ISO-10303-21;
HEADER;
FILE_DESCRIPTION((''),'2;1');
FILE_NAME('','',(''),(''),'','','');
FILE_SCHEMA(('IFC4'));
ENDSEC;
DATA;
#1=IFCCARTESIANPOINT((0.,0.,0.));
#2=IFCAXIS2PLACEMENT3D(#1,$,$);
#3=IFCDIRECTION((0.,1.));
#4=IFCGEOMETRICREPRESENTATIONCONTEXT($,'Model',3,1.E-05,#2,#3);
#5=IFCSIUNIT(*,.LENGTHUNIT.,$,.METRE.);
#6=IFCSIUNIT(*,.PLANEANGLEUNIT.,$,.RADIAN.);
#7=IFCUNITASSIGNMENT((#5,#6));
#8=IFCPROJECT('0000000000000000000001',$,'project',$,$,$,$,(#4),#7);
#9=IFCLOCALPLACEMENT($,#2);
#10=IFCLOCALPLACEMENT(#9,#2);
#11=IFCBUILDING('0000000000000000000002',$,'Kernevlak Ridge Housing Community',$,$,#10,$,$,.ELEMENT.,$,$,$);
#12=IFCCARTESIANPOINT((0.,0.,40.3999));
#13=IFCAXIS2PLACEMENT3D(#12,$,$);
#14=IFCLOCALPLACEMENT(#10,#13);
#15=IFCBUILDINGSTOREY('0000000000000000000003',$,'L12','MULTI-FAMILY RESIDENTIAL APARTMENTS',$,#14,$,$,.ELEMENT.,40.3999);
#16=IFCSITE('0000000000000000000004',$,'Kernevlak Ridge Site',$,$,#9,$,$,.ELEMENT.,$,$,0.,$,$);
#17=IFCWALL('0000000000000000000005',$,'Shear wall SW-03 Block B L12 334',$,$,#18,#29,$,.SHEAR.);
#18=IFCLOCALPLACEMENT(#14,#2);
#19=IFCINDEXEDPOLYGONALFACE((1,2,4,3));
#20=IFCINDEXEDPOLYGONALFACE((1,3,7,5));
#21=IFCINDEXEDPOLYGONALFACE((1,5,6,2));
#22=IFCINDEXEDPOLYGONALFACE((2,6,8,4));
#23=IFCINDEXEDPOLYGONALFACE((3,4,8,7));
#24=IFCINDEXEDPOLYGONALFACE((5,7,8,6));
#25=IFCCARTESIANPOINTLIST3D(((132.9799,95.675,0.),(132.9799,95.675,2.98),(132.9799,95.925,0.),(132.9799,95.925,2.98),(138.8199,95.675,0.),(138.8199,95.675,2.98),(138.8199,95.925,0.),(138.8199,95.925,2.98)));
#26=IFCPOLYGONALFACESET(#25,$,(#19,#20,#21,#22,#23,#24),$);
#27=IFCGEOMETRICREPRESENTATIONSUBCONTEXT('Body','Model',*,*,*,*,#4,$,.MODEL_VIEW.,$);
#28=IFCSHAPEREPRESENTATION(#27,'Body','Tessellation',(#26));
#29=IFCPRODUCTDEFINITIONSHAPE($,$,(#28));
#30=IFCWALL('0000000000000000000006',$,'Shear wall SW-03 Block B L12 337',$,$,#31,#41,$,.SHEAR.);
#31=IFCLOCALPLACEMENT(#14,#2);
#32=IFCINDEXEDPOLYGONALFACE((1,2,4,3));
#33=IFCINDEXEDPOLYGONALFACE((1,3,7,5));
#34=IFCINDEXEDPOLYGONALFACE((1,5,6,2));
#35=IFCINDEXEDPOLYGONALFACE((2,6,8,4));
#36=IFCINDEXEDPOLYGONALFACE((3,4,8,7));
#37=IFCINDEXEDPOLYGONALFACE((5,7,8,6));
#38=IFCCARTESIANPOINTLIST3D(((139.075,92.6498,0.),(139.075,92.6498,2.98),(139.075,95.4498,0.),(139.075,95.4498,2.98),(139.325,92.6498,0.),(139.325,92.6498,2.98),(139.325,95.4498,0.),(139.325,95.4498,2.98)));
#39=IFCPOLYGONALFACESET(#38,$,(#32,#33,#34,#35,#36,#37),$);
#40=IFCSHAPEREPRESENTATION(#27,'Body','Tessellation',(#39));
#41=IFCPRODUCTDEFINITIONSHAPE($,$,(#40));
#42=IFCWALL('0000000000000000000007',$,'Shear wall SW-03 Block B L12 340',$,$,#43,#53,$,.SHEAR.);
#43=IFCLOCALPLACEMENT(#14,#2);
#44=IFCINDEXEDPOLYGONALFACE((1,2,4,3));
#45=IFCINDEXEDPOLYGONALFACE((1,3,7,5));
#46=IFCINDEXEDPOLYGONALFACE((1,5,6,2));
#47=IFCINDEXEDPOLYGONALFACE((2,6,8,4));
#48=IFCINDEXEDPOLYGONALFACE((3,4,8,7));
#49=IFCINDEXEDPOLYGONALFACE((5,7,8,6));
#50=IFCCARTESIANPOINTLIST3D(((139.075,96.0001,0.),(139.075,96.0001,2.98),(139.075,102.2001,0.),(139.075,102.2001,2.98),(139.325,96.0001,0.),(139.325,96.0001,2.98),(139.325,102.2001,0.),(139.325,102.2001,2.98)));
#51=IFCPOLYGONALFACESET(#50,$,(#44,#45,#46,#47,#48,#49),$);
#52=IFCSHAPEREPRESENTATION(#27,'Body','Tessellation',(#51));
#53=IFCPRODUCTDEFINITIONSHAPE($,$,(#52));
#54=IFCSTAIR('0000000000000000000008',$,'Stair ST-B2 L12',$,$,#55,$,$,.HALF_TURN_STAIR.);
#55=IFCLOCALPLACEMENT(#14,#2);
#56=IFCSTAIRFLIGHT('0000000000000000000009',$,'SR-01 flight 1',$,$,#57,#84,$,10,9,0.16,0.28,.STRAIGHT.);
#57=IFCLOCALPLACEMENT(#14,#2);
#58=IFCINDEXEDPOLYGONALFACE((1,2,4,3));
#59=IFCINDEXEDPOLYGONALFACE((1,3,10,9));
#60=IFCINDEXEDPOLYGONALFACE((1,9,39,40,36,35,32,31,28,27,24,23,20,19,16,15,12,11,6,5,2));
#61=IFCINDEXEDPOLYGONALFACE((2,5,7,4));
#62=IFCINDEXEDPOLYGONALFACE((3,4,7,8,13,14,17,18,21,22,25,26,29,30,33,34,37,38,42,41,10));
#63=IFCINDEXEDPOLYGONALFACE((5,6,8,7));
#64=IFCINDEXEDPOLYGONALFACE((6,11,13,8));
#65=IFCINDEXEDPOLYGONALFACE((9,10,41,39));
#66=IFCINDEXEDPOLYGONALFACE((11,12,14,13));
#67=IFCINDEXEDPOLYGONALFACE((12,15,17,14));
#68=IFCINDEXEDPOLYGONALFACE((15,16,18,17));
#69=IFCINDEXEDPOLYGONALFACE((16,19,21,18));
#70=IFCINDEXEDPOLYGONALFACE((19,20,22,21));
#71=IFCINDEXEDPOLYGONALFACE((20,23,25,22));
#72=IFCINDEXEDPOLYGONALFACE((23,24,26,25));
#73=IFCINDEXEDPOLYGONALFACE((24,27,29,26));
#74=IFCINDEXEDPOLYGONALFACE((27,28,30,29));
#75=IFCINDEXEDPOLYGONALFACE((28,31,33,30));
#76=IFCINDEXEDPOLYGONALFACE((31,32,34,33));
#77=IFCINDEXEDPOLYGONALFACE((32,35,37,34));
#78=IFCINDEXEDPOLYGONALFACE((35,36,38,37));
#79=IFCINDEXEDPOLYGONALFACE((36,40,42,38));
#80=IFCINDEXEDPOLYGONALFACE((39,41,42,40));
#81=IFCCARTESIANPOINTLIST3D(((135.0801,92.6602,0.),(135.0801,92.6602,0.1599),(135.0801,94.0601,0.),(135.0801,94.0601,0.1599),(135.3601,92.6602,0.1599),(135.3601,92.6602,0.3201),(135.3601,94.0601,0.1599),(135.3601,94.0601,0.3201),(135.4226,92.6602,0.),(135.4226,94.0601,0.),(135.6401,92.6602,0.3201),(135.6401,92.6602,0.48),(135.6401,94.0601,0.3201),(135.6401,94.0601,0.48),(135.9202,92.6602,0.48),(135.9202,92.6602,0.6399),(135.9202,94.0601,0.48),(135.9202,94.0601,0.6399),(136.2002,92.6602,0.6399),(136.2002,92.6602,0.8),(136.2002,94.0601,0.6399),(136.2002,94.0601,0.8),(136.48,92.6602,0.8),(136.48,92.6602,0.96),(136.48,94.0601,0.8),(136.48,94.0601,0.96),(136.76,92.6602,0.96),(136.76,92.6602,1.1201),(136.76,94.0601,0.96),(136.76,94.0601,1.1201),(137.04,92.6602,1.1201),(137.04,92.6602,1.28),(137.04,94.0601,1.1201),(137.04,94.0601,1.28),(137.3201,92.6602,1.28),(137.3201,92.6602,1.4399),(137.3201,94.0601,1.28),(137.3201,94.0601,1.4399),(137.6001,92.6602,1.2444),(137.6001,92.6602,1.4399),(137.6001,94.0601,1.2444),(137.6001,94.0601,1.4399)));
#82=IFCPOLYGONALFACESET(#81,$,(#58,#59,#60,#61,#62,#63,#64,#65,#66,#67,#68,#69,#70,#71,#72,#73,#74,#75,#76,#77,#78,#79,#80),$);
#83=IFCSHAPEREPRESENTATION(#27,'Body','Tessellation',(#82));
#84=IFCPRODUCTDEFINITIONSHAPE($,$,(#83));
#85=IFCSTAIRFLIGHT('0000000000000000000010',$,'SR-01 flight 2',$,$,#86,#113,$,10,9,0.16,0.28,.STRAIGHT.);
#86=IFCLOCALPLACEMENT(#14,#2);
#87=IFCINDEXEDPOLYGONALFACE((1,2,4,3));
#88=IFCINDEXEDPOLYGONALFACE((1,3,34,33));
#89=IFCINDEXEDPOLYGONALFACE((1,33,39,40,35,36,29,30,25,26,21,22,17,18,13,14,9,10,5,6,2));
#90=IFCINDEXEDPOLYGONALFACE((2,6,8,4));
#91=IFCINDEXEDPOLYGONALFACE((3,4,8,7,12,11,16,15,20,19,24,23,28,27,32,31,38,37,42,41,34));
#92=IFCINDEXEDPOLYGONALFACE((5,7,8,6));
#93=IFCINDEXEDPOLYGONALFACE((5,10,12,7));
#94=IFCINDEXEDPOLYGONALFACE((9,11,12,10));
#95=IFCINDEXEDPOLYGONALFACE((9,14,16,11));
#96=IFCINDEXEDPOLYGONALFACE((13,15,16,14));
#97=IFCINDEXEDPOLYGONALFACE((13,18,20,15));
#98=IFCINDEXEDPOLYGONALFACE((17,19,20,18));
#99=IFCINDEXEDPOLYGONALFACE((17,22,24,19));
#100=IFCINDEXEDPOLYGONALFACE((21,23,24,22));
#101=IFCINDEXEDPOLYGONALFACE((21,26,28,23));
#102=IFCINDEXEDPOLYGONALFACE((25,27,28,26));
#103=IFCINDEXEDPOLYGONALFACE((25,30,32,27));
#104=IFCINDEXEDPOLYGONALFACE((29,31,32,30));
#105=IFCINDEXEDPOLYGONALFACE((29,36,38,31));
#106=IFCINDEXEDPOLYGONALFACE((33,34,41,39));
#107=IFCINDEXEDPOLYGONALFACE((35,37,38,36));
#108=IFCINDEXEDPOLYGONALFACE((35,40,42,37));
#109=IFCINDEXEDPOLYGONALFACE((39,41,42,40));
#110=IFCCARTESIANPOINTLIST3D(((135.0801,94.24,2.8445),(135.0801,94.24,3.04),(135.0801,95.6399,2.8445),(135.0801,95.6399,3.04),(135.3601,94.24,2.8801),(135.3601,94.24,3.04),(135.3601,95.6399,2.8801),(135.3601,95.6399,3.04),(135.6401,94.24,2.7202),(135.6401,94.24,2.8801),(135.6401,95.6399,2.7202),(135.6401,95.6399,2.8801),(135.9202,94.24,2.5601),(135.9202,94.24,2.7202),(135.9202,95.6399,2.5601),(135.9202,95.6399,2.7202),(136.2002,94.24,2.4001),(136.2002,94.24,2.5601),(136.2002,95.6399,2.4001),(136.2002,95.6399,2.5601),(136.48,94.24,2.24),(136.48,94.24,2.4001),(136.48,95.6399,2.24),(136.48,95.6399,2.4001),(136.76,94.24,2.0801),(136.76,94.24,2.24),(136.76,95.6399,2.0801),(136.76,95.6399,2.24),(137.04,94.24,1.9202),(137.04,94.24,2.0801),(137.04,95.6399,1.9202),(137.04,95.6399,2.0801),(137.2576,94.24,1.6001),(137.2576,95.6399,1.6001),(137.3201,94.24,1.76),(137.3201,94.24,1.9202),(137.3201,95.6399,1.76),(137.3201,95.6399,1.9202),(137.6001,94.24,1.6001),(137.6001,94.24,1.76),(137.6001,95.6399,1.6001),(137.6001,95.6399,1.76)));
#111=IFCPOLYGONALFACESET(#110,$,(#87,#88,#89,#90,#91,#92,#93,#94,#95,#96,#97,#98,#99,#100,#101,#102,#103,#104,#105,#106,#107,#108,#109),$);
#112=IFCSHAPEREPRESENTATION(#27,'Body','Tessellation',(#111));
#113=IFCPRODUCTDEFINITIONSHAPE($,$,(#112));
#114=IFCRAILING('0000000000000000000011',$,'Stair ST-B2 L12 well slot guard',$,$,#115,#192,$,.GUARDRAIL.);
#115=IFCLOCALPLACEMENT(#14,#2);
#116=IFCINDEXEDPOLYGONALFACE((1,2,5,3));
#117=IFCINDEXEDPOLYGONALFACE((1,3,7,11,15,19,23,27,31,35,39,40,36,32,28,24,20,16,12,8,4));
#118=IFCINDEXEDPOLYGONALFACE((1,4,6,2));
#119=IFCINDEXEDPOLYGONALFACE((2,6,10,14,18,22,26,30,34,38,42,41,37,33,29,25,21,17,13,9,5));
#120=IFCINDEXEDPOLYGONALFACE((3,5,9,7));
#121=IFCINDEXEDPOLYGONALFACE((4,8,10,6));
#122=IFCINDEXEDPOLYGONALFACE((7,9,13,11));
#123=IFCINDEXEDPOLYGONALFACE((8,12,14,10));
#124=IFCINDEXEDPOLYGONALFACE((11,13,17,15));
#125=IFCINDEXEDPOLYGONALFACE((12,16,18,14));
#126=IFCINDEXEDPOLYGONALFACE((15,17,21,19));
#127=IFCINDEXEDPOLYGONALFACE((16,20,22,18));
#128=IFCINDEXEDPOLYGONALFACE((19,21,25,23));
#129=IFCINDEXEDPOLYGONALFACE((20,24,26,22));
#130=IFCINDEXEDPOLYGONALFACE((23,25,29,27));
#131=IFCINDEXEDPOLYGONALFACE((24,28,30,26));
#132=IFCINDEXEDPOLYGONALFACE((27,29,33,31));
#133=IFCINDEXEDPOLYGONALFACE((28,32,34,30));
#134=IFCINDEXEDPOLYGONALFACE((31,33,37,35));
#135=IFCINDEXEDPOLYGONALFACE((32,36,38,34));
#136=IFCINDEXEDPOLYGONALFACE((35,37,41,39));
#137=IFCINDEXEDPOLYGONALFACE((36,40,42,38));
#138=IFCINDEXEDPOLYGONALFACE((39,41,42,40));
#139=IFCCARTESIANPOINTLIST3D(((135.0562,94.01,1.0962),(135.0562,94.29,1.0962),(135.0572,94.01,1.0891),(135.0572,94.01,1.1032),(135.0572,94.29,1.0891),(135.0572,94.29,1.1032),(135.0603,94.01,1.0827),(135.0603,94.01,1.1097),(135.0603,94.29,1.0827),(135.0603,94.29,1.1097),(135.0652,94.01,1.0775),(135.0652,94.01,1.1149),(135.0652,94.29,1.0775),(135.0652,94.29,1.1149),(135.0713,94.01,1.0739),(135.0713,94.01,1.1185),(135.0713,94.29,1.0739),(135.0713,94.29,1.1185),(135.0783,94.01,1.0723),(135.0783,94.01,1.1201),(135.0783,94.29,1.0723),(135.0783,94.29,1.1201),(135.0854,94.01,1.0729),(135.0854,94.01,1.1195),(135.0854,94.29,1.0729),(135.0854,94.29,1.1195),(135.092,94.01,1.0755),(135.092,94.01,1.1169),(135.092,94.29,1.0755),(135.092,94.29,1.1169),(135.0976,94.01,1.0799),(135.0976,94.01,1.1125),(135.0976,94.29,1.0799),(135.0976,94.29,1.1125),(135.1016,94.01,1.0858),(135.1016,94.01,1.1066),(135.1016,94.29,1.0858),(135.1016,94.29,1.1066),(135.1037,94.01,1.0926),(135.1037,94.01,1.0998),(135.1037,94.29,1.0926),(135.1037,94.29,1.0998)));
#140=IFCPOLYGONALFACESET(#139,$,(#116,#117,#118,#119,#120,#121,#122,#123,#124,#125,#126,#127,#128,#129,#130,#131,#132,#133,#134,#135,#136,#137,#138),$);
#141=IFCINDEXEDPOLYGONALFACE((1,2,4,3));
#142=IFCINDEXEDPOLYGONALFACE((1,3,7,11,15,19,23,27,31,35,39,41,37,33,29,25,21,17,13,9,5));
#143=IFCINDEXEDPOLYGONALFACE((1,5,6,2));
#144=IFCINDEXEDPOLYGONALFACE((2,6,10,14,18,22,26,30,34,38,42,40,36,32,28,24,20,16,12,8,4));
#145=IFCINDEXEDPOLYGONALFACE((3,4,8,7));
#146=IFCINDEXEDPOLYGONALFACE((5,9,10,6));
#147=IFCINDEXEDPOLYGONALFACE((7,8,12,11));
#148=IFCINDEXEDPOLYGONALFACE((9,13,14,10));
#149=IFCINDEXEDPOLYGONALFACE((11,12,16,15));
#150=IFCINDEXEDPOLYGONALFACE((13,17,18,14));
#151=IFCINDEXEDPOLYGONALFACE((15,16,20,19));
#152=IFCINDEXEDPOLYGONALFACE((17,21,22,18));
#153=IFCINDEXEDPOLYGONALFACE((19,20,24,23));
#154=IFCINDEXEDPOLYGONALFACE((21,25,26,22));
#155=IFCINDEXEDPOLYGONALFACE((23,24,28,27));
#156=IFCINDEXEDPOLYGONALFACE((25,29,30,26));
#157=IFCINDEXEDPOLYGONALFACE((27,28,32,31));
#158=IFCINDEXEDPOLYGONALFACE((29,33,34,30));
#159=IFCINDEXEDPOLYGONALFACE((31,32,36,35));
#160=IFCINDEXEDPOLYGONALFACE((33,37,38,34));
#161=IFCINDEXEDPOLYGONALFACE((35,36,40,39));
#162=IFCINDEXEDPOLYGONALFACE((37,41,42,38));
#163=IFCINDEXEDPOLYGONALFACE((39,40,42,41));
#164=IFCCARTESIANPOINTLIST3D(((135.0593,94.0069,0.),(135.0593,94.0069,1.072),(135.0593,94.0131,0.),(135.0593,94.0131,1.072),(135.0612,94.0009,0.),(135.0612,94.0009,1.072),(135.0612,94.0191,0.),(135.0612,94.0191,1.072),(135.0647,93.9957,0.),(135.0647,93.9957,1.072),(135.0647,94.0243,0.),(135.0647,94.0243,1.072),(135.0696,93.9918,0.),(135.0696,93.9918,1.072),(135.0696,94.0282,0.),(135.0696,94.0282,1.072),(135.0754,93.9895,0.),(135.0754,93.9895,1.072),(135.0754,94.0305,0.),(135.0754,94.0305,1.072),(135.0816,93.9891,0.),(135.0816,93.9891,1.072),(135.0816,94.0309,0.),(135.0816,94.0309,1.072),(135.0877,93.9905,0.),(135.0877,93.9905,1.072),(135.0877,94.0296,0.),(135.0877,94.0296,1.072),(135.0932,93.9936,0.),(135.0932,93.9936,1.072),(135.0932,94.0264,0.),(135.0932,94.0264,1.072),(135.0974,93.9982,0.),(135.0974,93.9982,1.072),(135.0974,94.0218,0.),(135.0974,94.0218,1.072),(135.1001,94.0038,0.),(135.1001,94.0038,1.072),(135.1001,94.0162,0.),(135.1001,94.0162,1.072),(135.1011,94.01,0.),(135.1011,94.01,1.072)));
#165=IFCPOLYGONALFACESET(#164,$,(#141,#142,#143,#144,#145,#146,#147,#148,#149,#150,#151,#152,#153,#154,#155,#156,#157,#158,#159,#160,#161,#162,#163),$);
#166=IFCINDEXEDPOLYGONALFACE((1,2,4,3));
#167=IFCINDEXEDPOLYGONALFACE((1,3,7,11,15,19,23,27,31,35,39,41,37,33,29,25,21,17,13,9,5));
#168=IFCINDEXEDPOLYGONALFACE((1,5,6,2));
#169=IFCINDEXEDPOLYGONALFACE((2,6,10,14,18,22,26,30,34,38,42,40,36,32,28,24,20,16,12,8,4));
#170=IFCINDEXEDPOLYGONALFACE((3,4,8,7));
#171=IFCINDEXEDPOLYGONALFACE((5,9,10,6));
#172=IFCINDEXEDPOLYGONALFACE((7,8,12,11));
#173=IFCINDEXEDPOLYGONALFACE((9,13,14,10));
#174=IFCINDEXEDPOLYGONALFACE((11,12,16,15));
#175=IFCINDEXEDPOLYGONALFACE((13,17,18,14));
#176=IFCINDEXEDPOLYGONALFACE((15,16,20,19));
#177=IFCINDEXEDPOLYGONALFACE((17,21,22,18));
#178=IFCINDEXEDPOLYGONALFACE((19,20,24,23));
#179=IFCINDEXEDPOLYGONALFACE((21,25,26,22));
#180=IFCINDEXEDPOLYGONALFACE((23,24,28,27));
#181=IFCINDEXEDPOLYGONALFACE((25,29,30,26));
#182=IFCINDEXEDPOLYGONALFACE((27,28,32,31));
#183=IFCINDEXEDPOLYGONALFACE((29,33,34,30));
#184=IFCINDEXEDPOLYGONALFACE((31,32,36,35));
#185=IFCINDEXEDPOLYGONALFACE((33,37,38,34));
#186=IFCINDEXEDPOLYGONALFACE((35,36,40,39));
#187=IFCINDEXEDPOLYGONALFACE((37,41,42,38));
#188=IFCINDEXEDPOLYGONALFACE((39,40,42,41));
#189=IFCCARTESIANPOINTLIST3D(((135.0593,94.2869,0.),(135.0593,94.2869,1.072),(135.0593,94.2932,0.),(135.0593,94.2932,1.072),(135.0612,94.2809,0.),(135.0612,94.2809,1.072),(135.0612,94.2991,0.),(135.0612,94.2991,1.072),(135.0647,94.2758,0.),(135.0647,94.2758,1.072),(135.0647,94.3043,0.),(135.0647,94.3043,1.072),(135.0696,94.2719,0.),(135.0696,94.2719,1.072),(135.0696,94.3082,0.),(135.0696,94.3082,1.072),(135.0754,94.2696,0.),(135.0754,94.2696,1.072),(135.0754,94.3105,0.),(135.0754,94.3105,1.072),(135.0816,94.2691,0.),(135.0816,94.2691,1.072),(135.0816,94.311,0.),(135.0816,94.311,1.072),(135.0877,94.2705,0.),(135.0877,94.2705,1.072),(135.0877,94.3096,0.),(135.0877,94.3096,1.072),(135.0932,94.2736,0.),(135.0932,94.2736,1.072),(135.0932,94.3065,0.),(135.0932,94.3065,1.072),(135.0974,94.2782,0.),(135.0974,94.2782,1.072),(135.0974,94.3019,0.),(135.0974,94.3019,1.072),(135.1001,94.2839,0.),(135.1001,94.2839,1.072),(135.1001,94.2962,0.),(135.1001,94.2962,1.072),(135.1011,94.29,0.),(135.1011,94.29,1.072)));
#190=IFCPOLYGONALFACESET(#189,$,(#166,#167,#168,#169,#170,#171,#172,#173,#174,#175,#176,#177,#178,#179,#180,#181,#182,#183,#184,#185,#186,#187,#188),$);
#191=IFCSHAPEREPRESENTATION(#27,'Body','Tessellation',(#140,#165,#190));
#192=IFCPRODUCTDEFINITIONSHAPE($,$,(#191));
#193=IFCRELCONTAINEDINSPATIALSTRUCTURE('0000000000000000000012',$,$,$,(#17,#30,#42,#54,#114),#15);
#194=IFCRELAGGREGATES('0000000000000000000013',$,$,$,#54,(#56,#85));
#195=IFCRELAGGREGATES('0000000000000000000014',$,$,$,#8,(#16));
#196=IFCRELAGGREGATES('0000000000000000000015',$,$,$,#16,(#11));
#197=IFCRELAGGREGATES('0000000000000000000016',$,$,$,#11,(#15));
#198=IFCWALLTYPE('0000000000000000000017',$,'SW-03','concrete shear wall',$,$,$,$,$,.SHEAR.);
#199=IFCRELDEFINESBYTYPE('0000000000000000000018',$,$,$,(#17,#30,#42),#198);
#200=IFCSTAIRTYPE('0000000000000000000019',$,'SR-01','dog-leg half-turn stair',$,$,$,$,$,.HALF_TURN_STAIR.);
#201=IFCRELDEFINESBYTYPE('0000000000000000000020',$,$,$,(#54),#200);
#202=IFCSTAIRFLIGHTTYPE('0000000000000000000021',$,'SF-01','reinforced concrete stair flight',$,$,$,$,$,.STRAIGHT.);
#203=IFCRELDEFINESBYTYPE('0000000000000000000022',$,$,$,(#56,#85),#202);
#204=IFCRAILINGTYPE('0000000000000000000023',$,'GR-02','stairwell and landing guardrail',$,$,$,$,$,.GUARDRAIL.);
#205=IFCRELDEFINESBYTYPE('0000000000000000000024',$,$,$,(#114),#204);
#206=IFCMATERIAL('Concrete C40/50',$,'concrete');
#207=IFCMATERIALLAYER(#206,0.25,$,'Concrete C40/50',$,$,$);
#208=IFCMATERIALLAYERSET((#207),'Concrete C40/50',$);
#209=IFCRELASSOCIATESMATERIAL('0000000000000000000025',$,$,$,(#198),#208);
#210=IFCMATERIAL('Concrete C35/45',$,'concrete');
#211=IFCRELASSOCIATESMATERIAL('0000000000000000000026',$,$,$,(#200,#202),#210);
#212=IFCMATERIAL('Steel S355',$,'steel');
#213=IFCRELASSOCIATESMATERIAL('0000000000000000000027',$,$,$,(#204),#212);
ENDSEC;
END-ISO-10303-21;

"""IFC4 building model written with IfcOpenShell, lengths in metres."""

from ifc_helpers import new_model, si_unit, direction, frame, frame_2d, origin, origin_2d, place, context, subcontext, project, spatial, polyline, rectangle, circle, outline, extrude, material, layer, layer_set, type_object, element, aggregate, save


model = new_model("IFC4")

# Units and contexts
model_context = context("Model", 3, precision=1e-05, world=origin(), true_north=direction((0.0, 1.0)))
body_context = subcontext(model_context, "Body", "Model", "MODEL_VIEW")
ifc_project = project(units=[si_unit("LENGTHUNIT", "METRE"), si_unit("PLANEANGLEUNIT", "RADIAN")], contexts=[model_context])

# Site, building, storey
site_placement = place(None, origin())
site = spatial("IfcSite", under=ifc_project, at=site_placement, Name="Kernevlak Ridge Site", CompositionType="ELEMENT", RefElevation=0.0)
building_placement = place(site_placement, origin())
building = spatial("IfcBuilding", under=site, at=building_placement, Name="Kernevlak Ridge Housing Community", CompositionType="ELEMENT")
storey_placement = place(building_placement, frame((0.0, 0.0, 40.3999)))
storey = spatial("IfcBuildingStorey", under=building, at=storey_placement, Name="L12", Description="MULTI-FAMILY RESIDENTIAL APARTMENTS", CompositionType="ELEMENT", Elevation=40.3999)

# Shared definitions
ifc_material_1 = material(Name="Concrete C35/45", Category="concrete")

# Walls
ifc_material_2 = material(Name="Concrete C40/50", Category="concrete")
ifc_layer_1 = layer(ifc_material_2, 0.25, Name="Concrete C40/50")
ifc_layer_set_1 = layer_set([ifc_layer_1], Name="Concrete C40/50")
wall_type_1 = type_object("IfcWallType", Name="SW-03", Description="concrete shear wall", PredefinedType="SHEAR", material=ifc_layer_set_1)
wall_1_placement = place(storey_placement, frame((132.98, 95.8, 0.0), z_axis=(0.0, 0.0, 1.0), x_axis=(1.0, 0.0, 0.0)))
element("IfcWall", 1, at=wall_1_placement, inside=storey, type_object=wall_type_1, Name="Shear wall SW-03 Block B L12 334", PredefinedType="SHEAR", context=body_context, shape_type="SweptSolid", body=[
    extrude(rectangle(XDim=5.8401, YDim=0.25, at=frame_2d((2.9199, 0.0))), origin(), (0.0, 0.0, 1.0), 2.98),
])
wall_2_placement = place(storey_placement, frame((139.2, 92.6499, 0.0), z_axis=(0.0, 0.0, 1.0), x_axis=(0.0, 1.0, 0.0)))
element("IfcWall", 2, at=wall_2_placement, inside=storey, type_object=wall_type_1, Name="Shear wall SW-03 Block B L12 337", PredefinedType="SHEAR", context=body_context, shape_type="SweptSolid", body=[
    extrude(rectangle(XDim=2.8, YDim=0.25, at=frame_2d((1.3999, 0.0))), origin(), (0.0, 0.0, 1.0), 2.98),
])
wall_3_placement = place(storey_placement, frame((139.2, 96.0, 0.0), z_axis=(0.0, 0.0, 1.0), x_axis=(0.0, 1.0, 0.0)))
element("IfcWall", 3, at=wall_3_placement, inside=storey, type_object=wall_type_1, Name="Shear wall SW-03 Block B L12 340", PredefinedType="SHEAR", context=body_context, shape_type="SweptSolid", body=[
    extrude(rectangle(XDim=6.2, YDim=0.25, at=frame_2d((3.1001, 0.0))), origin(), (0.0, 0.0, 1.0), 2.98),
])

# Stair, stair flights
stair_type = type_object("IfcStairType", Name="SR-01", Description="dog-leg half-turn stair", PredefinedType="HALF_TURN_STAIR", material=ifc_material_1)
stair_placement = place(storey_placement, origin())
stair = element("IfcStair", 4, at=stair_placement, inside=storey, type_object=stair_type, Name="Stair ST-B2 L12", PredefinedType="HALF_TURN_STAIR")
stair_flight_type = type_object("IfcStairFlightType", Name="SF-01", Description="reinforced concrete stair flight", PredefinedType="STRAIGHT", material=ifc_material_1)
stair_flight_1_placement = place(storey_placement, frame((135.0801, 93.3601, 0.0), z_axis=(0.0, 0.0, 1.0), x_axis=(1.0, 0.0, 0.0)))
stair_flight_1 = element("IfcStairFlight", 5, at=stair_flight_1_placement, type_object=stair_flight_type, Name="SR-01 flight 1", NumberOfRisers=10, NumberOfTreads=9, PredefinedType="STRAIGHT", RiserHeight=0.16, TreadLength=0.28, context=body_context, shape_type="SweptSolid", body=[
    extrude(outline(polyline([(0.0, 0.0), (0.0, 0.1599), (0.28, 0.1599), (0.28, 0.3201), (0.5601, 0.3201), (0.5601, 0.48), (0.8401, 0.48), (0.8401, 0.6399), (1.1201, 0.6399), (1.1201, 0.8), (1.3999, 0.8), (1.3999, 0.96), (1.6799, 0.96), (1.6799, 1.1201), (1.96, 1.1201), (1.96, 1.28), (2.24, 1.28), (2.24, 1.4399), (2.52, 1.4399), (2.52, 1.6001), (2.52, 1.2444), (0.3425, 0.0), (0.0, 0.0)])), frame((0.0, 0.7, 0.0), z_axis=(0.0, -1.0, 0.0), x_axis=(1.0, 0.0, 0.0)), (0.0, 0.0, 1.0), 1.3999),
])
stair_flight_2_placement = place(storey_placement, frame((137.6001, 94.9399, 1.6001), z_axis=(0.0, 0.0, 1.0), x_axis=(-1.0, 0.0, 0.0)))
stair_flight_2 = element("IfcStairFlight", 6, at=stair_flight_2_placement, type_object=stair_flight_type, Name="SR-01 flight 2", NumberOfRisers=10, NumberOfTreads=9, PredefinedType="STRAIGHT", RiserHeight=0.16, TreadLength=0.28, context=body_context, shape_type="SweptSolid", body=[
    extrude(outline(polyline([(0.0, 0.0), (0.0, 0.1599), (0.28, 0.1599), (0.28, 0.3201), (0.5601, 0.3201), (0.5601, 0.48), (0.8401, 0.48), (0.8401, 0.6399), (1.1201, 0.6399), (1.1201, 0.8), (1.3999, 0.8), (1.3999, 0.96), (1.6799, 0.96), (1.6799, 1.1201), (1.96, 1.1201), (1.96, 1.28), (2.24, 1.28), (2.24, 1.4399), (2.52, 1.4399), (2.52, 1.6001), (2.52, 1.2444), (0.3425, 0.0), (0.0, 0.0)])), frame((0.0, 0.7, 0.0), z_axis=(0.0, -1.0, 0.0), x_axis=(1.0, 0.0, 0.0)), (0.0, 0.0, 1.0), 1.3999),
])
aggregate(stair, [stair_flight_1, stair_flight_2])

# Railing
ifc_material_3 = material(Name="Steel S355", Category="steel")
railing_type_1 = type_object("IfcRailingType", Name="GR-02", Description="stairwell and landing guardrail", PredefinedType="GUARDRAIL", material=ifc_material_3)
railing_1_placement = place(storey_placement, frame((135.0801, 94.01, 0.0)))
element("IfcRailing", 7, at=railing_1_placement, inside=storey, type_object=railing_type_1, Name="Stair ST-B2 L12 well slot guard", PredefinedType="GUARDRAIL", context=body_context, shape_type="SweptSolid", body=[
    extrude(circle(Radius=0.0239, at=origin_2d()), frame((0.0, 0.0, 1.0962), z_axis=(0.0, 1.0, 0.0), x_axis=(-1.0, 0.0, 0.0)), (0.0, 0.0, 1.0), 0.28),
    extrude(circle(Radius=0.021, at=origin_2d()), origin(), (0.0, 0.0, 1.0), 1.072),
    extrude(circle(Radius=0.021, at=origin_2d()), frame((0.0, 0.28, 0.0)), (0.0, 0.0, 1.0), 1.072),
])

save(model, "model.ifc")
